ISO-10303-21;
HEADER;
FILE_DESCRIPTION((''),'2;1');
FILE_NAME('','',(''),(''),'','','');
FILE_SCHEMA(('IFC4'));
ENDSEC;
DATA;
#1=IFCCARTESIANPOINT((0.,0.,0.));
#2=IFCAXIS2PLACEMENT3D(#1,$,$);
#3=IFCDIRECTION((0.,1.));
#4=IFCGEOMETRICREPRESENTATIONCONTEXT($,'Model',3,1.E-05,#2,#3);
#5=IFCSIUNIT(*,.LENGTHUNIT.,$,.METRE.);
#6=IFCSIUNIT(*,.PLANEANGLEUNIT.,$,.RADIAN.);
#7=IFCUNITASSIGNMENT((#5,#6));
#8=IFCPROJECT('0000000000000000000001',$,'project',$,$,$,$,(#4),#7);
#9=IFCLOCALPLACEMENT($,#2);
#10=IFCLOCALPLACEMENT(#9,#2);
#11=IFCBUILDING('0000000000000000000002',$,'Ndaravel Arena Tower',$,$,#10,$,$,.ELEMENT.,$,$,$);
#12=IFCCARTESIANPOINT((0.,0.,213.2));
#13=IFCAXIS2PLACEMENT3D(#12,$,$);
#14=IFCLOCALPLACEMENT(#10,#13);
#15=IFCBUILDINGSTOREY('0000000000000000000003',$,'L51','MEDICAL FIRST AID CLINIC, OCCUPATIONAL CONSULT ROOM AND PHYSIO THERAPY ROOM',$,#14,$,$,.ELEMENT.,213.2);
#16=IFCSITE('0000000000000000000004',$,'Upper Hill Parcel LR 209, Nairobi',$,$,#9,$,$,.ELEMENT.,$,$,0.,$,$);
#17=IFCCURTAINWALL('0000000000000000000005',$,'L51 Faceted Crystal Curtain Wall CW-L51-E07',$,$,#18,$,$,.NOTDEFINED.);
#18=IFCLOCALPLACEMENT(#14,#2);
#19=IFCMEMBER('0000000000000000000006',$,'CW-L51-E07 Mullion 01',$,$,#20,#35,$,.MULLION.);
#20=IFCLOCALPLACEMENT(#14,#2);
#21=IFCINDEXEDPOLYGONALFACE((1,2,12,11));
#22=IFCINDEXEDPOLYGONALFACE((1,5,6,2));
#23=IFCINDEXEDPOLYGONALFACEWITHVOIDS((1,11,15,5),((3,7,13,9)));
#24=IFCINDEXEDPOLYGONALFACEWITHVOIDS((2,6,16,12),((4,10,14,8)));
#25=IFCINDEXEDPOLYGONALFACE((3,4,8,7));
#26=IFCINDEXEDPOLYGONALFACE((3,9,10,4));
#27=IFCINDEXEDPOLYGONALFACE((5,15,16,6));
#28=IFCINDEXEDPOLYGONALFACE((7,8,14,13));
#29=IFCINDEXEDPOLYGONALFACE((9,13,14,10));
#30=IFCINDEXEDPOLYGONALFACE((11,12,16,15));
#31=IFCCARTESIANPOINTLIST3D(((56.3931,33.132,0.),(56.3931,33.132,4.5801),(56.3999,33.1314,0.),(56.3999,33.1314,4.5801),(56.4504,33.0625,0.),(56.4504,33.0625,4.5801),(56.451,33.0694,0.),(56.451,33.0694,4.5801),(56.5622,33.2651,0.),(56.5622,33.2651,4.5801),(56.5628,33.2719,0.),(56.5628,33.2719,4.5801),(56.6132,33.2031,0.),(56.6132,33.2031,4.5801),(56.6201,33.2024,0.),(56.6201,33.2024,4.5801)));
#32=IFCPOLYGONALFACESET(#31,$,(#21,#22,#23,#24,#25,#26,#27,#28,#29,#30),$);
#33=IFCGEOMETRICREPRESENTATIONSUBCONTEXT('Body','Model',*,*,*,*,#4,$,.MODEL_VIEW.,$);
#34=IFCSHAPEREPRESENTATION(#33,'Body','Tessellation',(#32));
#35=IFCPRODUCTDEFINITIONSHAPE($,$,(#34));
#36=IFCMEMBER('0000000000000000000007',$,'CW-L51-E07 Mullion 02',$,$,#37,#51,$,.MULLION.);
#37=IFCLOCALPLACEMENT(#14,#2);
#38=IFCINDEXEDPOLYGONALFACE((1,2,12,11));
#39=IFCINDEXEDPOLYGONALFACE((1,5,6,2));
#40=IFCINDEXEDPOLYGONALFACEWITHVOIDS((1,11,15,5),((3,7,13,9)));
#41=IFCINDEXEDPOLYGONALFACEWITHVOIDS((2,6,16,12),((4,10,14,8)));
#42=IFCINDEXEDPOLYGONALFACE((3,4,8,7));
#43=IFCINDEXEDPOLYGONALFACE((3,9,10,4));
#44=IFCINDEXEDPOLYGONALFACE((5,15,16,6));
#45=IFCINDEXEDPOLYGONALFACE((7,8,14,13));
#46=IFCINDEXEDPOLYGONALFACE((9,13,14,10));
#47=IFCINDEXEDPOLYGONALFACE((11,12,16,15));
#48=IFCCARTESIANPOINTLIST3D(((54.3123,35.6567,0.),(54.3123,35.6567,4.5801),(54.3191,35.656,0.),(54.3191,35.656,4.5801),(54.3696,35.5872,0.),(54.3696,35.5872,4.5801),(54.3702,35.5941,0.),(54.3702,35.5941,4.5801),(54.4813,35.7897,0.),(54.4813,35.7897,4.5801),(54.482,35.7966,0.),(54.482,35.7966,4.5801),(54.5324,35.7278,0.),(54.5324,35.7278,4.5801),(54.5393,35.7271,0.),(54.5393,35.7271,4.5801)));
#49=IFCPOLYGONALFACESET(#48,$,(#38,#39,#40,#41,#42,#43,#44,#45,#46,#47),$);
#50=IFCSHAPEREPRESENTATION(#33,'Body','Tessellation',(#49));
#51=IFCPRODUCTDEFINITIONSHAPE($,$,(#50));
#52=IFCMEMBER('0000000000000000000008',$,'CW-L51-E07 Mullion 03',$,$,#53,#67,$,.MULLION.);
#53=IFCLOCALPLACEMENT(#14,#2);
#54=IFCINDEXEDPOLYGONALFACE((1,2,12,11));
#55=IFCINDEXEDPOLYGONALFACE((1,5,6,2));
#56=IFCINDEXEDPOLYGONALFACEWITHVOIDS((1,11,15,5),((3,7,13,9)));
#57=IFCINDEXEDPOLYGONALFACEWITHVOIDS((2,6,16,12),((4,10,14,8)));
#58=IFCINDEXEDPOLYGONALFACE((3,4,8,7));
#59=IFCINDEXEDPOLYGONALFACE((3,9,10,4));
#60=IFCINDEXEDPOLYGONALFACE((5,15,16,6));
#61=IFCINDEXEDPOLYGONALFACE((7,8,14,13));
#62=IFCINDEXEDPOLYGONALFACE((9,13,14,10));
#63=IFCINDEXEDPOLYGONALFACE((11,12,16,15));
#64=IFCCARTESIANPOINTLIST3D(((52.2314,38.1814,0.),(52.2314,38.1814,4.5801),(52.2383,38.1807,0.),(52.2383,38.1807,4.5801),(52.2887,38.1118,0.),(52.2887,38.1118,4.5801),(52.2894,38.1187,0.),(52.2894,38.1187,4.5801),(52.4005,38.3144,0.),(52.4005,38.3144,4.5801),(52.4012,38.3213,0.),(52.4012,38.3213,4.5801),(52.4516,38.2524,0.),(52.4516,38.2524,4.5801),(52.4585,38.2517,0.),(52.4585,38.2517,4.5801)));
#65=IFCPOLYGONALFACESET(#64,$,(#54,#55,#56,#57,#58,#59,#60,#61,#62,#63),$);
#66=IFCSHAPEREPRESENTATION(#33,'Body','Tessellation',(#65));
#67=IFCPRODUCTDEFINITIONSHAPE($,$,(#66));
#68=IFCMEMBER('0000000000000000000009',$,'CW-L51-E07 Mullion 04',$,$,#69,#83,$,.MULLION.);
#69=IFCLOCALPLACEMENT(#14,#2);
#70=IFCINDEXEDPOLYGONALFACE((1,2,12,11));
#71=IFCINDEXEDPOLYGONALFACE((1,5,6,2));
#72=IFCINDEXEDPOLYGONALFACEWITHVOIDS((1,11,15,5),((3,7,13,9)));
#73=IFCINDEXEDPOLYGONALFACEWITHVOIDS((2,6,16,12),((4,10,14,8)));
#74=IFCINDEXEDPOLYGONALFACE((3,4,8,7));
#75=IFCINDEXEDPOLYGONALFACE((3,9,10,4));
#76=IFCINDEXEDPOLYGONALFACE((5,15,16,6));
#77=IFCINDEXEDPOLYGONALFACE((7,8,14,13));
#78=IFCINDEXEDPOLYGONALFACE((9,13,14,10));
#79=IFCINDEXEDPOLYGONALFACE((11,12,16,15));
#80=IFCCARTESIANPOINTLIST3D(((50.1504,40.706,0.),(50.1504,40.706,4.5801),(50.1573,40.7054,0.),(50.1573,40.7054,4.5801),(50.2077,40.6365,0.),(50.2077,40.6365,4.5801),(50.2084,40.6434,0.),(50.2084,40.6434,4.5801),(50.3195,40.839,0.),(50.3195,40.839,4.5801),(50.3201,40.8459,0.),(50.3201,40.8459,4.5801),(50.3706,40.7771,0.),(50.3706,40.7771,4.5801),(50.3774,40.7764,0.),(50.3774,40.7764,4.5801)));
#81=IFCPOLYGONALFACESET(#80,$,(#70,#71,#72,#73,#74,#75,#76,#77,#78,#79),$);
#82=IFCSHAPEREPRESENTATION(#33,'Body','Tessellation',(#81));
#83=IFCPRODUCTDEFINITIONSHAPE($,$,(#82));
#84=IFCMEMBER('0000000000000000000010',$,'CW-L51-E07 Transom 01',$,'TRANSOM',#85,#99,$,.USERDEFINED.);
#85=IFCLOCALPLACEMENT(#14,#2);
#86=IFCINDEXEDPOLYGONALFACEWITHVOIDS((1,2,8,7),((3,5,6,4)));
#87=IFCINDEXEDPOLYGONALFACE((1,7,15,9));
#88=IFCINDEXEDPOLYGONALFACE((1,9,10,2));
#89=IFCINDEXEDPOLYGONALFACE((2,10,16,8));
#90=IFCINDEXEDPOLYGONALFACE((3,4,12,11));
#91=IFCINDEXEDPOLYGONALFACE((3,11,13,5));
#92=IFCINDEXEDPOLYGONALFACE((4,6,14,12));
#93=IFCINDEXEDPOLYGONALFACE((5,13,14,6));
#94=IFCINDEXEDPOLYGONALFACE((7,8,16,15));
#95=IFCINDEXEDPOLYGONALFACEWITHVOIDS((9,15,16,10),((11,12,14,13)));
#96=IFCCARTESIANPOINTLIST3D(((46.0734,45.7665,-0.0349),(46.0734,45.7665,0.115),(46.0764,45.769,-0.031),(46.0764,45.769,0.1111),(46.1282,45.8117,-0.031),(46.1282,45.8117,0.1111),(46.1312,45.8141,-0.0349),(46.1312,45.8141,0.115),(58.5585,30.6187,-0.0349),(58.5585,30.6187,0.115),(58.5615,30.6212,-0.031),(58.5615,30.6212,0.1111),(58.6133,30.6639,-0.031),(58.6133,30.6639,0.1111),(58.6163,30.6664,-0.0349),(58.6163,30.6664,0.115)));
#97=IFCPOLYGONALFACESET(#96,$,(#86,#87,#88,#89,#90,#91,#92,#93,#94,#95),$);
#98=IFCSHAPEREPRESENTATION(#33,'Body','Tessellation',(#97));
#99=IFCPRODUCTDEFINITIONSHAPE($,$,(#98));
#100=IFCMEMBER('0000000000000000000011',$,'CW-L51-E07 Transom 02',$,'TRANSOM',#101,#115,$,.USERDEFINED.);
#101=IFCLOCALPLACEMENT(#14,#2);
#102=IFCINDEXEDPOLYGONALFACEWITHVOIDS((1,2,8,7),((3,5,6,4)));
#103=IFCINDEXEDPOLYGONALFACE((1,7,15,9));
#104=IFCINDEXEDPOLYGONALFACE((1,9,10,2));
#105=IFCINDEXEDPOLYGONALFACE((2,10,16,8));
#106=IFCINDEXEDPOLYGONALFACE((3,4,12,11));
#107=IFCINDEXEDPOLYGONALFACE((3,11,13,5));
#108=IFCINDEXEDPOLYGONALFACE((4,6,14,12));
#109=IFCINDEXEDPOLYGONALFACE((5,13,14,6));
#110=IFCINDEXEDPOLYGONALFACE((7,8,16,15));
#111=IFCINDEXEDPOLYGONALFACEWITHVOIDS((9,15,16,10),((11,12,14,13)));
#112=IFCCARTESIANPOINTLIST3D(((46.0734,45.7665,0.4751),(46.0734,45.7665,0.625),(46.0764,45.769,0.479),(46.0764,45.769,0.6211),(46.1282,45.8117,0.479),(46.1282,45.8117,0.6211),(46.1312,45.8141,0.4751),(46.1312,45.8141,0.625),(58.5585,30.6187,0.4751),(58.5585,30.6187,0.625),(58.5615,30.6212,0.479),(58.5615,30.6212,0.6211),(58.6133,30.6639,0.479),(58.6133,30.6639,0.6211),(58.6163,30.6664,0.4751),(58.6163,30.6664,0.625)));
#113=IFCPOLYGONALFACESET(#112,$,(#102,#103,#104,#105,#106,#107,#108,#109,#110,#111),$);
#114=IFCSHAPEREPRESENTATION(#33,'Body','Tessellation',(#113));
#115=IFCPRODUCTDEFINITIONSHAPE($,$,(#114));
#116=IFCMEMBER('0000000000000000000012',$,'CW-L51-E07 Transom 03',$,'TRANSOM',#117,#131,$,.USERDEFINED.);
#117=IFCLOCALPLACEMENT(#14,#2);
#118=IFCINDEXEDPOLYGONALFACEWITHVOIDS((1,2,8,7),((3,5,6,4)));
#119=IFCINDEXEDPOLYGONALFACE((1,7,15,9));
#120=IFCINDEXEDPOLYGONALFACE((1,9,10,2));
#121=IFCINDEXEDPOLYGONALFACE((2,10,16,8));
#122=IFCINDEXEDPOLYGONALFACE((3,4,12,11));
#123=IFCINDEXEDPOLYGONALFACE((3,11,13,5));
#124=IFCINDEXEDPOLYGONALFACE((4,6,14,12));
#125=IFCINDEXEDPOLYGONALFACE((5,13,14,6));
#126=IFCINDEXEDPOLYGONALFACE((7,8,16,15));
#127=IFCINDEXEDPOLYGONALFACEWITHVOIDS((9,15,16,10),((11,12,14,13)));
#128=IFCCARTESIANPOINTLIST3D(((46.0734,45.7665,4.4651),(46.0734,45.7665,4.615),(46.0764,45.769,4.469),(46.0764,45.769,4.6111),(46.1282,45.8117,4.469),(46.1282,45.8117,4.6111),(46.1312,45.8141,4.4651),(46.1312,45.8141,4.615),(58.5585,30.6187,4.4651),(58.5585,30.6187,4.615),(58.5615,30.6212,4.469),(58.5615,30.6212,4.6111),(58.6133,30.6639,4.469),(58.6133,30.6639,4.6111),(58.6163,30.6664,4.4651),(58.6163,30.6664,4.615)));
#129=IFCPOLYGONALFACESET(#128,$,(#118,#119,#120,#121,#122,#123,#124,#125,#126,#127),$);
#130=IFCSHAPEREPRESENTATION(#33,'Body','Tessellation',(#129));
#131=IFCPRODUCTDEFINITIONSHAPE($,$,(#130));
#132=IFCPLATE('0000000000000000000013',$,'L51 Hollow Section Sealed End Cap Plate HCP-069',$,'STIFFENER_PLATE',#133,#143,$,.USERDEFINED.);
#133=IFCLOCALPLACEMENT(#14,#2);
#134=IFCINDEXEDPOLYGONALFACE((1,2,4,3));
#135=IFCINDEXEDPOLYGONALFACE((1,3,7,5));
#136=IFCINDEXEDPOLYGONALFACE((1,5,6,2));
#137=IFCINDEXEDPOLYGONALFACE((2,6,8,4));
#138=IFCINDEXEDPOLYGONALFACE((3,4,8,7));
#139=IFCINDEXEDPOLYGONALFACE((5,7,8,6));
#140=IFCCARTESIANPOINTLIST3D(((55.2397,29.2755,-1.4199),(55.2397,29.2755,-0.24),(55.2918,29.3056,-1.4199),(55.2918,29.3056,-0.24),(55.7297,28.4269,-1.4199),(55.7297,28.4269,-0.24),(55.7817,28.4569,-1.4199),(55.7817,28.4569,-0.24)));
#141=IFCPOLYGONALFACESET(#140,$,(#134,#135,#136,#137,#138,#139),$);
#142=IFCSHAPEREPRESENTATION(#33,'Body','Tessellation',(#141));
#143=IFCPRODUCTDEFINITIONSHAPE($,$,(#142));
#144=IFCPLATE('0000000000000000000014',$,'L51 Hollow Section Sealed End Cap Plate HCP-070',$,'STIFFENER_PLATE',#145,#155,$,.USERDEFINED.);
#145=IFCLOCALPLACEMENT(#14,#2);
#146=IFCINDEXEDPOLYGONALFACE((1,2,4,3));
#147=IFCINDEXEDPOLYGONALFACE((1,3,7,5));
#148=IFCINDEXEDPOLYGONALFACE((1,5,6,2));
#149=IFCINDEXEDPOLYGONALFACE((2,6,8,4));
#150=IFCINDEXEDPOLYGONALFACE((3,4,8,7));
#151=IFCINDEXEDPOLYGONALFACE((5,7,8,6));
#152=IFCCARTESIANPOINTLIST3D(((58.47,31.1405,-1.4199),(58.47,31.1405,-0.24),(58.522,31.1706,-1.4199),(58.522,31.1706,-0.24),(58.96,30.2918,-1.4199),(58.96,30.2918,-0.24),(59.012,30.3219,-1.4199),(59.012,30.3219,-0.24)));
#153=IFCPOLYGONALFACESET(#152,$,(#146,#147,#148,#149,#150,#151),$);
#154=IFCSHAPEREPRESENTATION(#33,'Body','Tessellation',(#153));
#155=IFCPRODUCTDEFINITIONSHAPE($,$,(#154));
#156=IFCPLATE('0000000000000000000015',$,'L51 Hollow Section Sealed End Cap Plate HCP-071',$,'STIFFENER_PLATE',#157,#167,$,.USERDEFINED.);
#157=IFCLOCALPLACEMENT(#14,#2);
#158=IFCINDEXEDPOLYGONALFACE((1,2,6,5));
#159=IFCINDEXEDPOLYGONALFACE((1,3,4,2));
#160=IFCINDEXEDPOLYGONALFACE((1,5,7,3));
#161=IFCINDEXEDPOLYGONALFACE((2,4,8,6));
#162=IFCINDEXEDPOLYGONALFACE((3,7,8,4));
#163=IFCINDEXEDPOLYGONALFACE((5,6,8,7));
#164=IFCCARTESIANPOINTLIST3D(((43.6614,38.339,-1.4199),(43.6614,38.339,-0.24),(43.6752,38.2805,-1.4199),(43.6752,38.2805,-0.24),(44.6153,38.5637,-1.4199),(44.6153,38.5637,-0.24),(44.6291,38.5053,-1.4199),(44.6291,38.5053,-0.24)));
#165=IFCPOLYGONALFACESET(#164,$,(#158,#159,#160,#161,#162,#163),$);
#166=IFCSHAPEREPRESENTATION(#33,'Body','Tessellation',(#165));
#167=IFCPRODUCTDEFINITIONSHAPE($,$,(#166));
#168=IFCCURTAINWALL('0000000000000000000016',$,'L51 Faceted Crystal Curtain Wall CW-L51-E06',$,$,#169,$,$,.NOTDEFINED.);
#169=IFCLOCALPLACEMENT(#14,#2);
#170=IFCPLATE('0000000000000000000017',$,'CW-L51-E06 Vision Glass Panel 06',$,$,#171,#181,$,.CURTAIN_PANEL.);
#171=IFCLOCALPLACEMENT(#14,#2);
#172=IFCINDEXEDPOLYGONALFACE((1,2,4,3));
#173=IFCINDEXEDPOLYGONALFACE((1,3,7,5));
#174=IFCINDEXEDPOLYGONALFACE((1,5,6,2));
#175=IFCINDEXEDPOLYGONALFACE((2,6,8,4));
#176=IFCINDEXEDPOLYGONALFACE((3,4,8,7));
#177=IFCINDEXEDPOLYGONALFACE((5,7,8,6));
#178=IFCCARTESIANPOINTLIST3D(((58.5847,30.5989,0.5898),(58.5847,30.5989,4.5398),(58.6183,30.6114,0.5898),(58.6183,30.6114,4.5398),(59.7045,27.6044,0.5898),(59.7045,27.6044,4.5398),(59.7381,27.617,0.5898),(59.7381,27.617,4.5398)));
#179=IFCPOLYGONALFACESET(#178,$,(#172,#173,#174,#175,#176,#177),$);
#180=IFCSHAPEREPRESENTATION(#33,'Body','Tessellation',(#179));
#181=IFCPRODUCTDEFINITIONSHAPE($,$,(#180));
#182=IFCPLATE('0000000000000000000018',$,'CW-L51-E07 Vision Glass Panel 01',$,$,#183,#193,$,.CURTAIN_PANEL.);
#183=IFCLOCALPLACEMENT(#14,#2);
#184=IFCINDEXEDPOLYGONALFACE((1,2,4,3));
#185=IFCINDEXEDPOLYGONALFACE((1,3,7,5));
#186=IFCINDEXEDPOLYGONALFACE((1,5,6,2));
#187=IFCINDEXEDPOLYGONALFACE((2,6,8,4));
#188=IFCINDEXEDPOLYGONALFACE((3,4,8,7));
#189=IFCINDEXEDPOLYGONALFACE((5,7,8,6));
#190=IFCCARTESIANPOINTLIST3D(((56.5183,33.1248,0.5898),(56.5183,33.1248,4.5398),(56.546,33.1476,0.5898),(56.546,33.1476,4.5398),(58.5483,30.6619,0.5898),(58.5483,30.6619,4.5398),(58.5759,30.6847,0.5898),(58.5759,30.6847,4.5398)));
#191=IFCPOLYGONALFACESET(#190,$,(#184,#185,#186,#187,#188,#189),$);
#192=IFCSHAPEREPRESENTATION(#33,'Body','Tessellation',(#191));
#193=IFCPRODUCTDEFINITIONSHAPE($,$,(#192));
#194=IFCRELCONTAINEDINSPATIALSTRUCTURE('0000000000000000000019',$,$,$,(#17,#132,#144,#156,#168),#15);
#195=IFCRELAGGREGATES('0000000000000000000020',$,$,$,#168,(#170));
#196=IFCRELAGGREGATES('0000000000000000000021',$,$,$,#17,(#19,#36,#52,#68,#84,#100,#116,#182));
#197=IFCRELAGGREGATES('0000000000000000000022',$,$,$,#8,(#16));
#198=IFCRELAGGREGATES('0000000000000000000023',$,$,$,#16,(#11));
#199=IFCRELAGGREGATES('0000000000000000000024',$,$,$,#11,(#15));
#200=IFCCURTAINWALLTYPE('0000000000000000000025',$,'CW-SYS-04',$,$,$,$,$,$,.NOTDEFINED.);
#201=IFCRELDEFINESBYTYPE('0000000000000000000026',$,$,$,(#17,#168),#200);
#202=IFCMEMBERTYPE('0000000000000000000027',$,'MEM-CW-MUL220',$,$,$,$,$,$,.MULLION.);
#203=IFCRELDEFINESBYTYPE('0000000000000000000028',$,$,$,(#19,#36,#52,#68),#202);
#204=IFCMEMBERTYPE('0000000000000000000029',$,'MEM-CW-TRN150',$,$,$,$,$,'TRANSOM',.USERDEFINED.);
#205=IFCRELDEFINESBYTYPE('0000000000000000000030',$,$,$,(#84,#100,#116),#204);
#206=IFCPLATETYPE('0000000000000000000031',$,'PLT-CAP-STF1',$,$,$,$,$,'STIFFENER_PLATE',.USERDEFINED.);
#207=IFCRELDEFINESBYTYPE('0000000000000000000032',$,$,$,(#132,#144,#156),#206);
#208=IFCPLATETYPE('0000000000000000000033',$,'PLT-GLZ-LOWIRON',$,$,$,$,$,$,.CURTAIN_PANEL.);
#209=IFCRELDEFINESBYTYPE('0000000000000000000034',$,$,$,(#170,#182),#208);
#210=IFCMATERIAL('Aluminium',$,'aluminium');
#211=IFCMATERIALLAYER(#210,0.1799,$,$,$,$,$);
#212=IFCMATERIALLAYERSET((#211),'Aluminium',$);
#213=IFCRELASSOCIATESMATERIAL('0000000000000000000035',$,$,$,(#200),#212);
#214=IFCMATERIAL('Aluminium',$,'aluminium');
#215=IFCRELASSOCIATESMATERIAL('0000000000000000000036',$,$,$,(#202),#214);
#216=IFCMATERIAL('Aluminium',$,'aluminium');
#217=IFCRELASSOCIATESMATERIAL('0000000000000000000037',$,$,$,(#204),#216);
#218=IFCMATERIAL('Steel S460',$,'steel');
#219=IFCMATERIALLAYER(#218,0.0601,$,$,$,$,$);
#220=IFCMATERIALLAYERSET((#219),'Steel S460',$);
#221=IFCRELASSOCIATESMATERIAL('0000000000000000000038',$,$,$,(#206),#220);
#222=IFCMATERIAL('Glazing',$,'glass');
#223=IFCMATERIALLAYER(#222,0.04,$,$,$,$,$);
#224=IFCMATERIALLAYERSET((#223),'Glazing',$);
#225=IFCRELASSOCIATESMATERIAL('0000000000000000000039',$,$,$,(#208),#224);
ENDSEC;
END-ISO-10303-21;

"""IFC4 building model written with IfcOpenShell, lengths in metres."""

from ifc_helpers import new_model, si_unit, direction, frame, origin, origin_2d, place, context, subcontext, project, spatial, rectangle, hollow_rectangle, extrude, material, layer, layer_set, material_profile, profile_set, type_object, element, aggregate, save


model = new_model("IFC4")

# Units and contexts
model_context = context("Model", 3, precision=1e-05, world=origin(), true_north=direction((0.0, 1.0)))
body_context = subcontext(model_context, "Body", "Model", "MODEL_VIEW")
ifc_project = project(units=[si_unit("LENGTHUNIT", "METRE"), si_unit("PLANEANGLEUNIT", "RADIAN")], contexts=[model_context])

# Site, building, storey
site_placement = place(None, origin())
site = spatial("IfcSite", under=ifc_project, at=site_placement, Name="Upper Hill Parcel LR 209, Nairobi", CompositionType="ELEMENT", RefElevation=0.0)
building_placement = place(site_placement, origin())
building = spatial("IfcBuilding", under=site, at=building_placement, Name="Ndaravel Arena Tower", CompositionType="ELEMENT")
storey_placement = place(building_placement, frame((0.0, 0.0, 213.2)))
storey = spatial("IfcBuildingStorey", under=building, at=storey_placement, Name="L51", Description="MEDICAL FIRST AID CLINIC, OCCUPATIONAL CONSULT ROOM AND PHYSIO THERAPY ROOM", CompositionType="ELEMENT", Elevation=213.2)

# Curtain wall, members
ifc_material_1 = material(Name="Aluminium", Category="aluminium")
ifc_layer_1 = layer(ifc_material_1, 0.1799)
ifc_layer_set_1 = layer_set([ifc_layer_1], Name="Aluminium")
curtain_wall_type = type_object("IfcCurtainWallType", Name="CW-SYS-04", PredefinedType="NOTDEFINED", material=ifc_layer_set_1)
curtain_wall_1_placement = place(storey_placement, origin())
curtain_wall_1 = element("IfcCurtainWall", 1, at=curtain_wall_1_placement, inside=storey, type_object=curtain_wall_type, Name="L51 Faceted Crystal Curtain Wall CW-L51-E07", PredefinedType="NOTDEFINED")
ifc_material_2 = material(Name="Aluminium", Category="aluminium")
ifc_material_profile_1 = material_profile(ifc_material_2, hollow_rectangle(XDim=0.0901, YDim=0.22, WallThickness=0.0049, at=origin_2d()), Name="CW MULLION 90x220x5")
ifc_profile_set_1 = profile_set([ifc_material_profile_1], Name="Aluminium")
member_type_1 = type_object("IfcMemberType", Name="MEM-CW-MUL220", PredefinedType="MULLION", material=ifc_profile_set_1)
member_1_placement = place(storey_placement, frame((56.5066, 33.1672, 0.0), z_axis=(0.0, 0.0, 1.0), x_axis=(-0.636024, 0.771669, 0.0)))
member_1 = element("IfcMember", 2, at=member_1_placement, type_object=member_type_1, Name="CW-L51-E07 Mullion 01", PredefinedType="MULLION", context=body_context, shape_type="SweptSolid", body=[
    extrude(hollow_rectangle(XDim=0.0901, YDim=0.22, WallThickness=0.0049, at=origin_2d()), origin(), (0.0, 0.0, 1.0), 4.5801),
])
member_2_placement = place(storey_placement, frame((54.4258, 35.6919, 0.0), z_axis=(0.0, 0.0, 1.0), x_axis=(-0.636024, 0.771669, 0.0)))
member_2 = element("IfcMember", 3, at=member_2_placement, type_object=member_type_1, Name="CW-L51-E07 Mullion 02", PredefinedType="MULLION", context=body_context, shape_type="SweptSolid", body=[
    extrude(hollow_rectangle(XDim=0.0901, YDim=0.22, WallThickness=0.0049, at=origin_2d()), origin(), (0.0, 0.0, 1.0), 4.5801),
])
member_3_placement = place(storey_placement, frame((52.345, 38.2166, 0.0), z_axis=(0.0, 0.0, 1.0), x_axis=(-0.636024, 0.771669, 0.0)))
member_3 = element("IfcMember", 4, at=member_3_placement, type_object=member_type_1, Name="CW-L51-E07 Mullion 03", PredefinedType="MULLION", context=body_context, shape_type="SweptSolid", body=[
    extrude(hollow_rectangle(XDim=0.0901, YDim=0.22, WallThickness=0.0049, at=origin_2d()), origin(), (0.0, 0.0, 1.0), 4.5801),
])
member_4_placement = place(storey_placement, frame((50.2639, 40.7412, 0.0), z_axis=(0.0, 0.0, 1.0), x_axis=(-0.636024, 0.771669, 0.0)))
member_4 = element("IfcMember", 5, at=member_4_placement, type_object=member_type_1, Name="CW-L51-E07 Mullion 04", PredefinedType="MULLION", context=body_context, shape_type="SweptSolid", body=[
    extrude(hollow_rectangle(XDim=0.0901, YDim=0.22, WallThickness=0.0049, at=origin_2d()), origin(), (0.0, 0.0, 1.0), 4.5801),
])
ifc_material_3 = material(Name="Aluminium", Category="aluminium")
ifc_material_profile_2 = material_profile(ifc_material_3, hollow_rectangle(XDim=0.075, YDim=0.1499, WallThickness=0.0039, at=origin_2d()), Name="CW TRANSOM 75x150x4")
ifc_profile_set_2 = profile_set([ifc_material_profile_2], Name="Aluminium")
member_type_2 = type_object("IfcMemberType", Name="MEM-CW-TRN150", ElementType="TRANSOM", PredefinedType="USERDEFINED", material=ifc_profile_set_2)
member_5_placement = place(storey_placement, frame((58.5874, 30.6426, 0.04), z_axis=(-0.636027, 0.771667, 0.0), x_axis=(-0.771667, -0.636027, 0.0)))
member_5 = element("IfcMember", 6, at=member_5_placement, type_object=member_type_2, Name="CW-L51-E07 Transom 01", ObjectType="TRANSOM", PredefinedType="USERDEFINED", context=body_context, shape_type="SweptSolid", body=[
    extrude(hollow_rectangle(XDim=0.075, YDim=0.1499, WallThickness=0.0039, at=origin_2d()), origin(), (0.0, 0.0, 1.0), 19.6299),
])
member_6_placement = place(storey_placement, frame((58.5874, 30.6426, 0.55), z_axis=(-0.636027, 0.771667, 0.0), x_axis=(-0.771667, -0.636027, 0.0)))
member_6 = element("IfcMember", 7, at=member_6_placement, type_object=member_type_2, Name="CW-L51-E07 Transom 02", ObjectType="TRANSOM", PredefinedType="USERDEFINED", context=body_context, shape_type="SweptSolid", body=[
    extrude(hollow_rectangle(XDim=0.075, YDim=0.1499, WallThickness=0.0039, at=origin_2d()), origin(), (0.0, 0.0, 1.0), 19.6299),
])
member_7_placement = place(storey_placement, frame((58.5874, 30.6426, 4.54), z_axis=(-0.636027, 0.771667, 0.0), x_axis=(-0.771667, -0.636027, 0.0)))
member_7 = element("IfcMember", 8, at=member_7_placement, type_object=member_type_2, Name="CW-L51-E07 Transom 03", ObjectType="TRANSOM", PredefinedType="USERDEFINED", context=body_context, shape_type="SweptSolid", body=[
    extrude(hollow_rectangle(XDim=0.075, YDim=0.1499, WallThickness=0.0039, at=origin_2d()), origin(), (0.0, 0.0, 1.0), 19.6299),
])

# Plates
ifc_material_4 = material(Name="Steel S460", Category="steel")
ifc_layer_2 = layer(ifc_material_4, 0.0601)
ifc_layer_set_2 = layer_set([ifc_layer_2], Name="Steel S460")
plate_type_1 = type_object("IfcPlateType", Name="PLT-CAP-STF1", ElementType="STIFFENER_PLATE", PredefinedType="USERDEFINED", material=ifc_layer_set_2)
for number, where, z_axis, x_axis, name in (
    (9, (55.5107, 28.8662, -1.4199), (0.0, 0.0, 1.0), (0.866025, 0.5, 0.0), "L51 Hollow Section Sealed End Cap Plate HCP-069"),
    (10, (58.741, 30.7312, -1.4199), (0.0, 0.0, 1.0), (0.866025, 0.5, 0.0), "L51 Hollow Section Sealed End Cap Plate HCP-070"),
    (11, (44.1453, 38.4221, -1.4199), (0.0, 0.0, 1.0), (-0.22937, 0.973339, 0.0), "L51 Hollow Section Sealed End Cap Plate HCP-071"),
):
    element("IfcPlate", number, at=place(storey_placement, frame(where, z_axis=z_axis, x_axis=x_axis)), inside=storey, type_object=plate_type_1, Name=name, ObjectType="STIFFENER_PLATE", PredefinedType="USERDEFINED", context=body_context, shape_type="SweptSolid", body=[
        extrude(rectangle(XDim=0.0601, YDim=0.98, at=origin_2d()), origin(), (0.0, 0.0, 1.0), 1.1799),
    ])

# Curtain wall, plate
curtain_wall_2_placement = place(storey_placement, origin())
curtain_wall_2 = element("IfcCurtainWall", 12, at=curtain_wall_2_placement, inside=storey, type_object=curtain_wall_type, Name="L51 Faceted Crystal Curtain Wall CW-L51-E06", PredefinedType="NOTDEFINED")
ifc_material_5 = material(Name="Glazing", Category="glass")
ifc_layer_3 = layer(ifc_material_5, 0.04)
ifc_layer_set_3 = layer_set([ifc_layer_3], Name="Glazing")
plate_type_2 = type_object("IfcPlateType", Name="PLT-GLZ-LOWIRON", PredefinedType="CURTAIN_PANEL", material=ifc_layer_set_3)
plate_1_placement = place(storey_placement, frame((59.1614, 29.1079, 0.5898), z_axis=(0.0, 0.0, 1.0), x_axis=(-0.350273, 0.936648, 0.0)))
plate_1 = element("IfcPlate", 13, at=plate_1_placement, type_object=plate_type_2, Name="CW-L51-E06 Vision Glass Panel 06", PredefinedType="CURTAIN_PANEL", context=body_context, shape_type="SweptSolid", body=[
    extrude(rectangle(XDim=3.197, YDim=0.0359, at=origin_2d()), origin(), (0.0, 0.0, 1.0), 3.95),
])

# Plate
plate_2_placement = place(storey_placement, frame((57.5471, 31.9048, 0.5898), z_axis=(0.0, 0.0, 1.0), x_axis=(-0.636024, 0.771669, 0.0)))
plate_2 = element("IfcPlate", 14, at=plate_2_placement, type_object=plate_type_2, Name="CW-L51-E07 Vision Glass Panel 01", PredefinedType="CURTAIN_PANEL", context=body_context, shape_type="SweptSolid", body=[
    extrude(rectangle(XDim=3.1917, YDim=0.0359, at=origin_2d()), origin(), (0.0, 0.0, 1.0), 3.95),
])
aggregate(curtain_wall_2, [plate_1])
aggregate(curtain_wall_1, [member_1, member_2, member_3, member_4, member_5, member_6, member_7, plate_2])

save(model, "model.ifc")
